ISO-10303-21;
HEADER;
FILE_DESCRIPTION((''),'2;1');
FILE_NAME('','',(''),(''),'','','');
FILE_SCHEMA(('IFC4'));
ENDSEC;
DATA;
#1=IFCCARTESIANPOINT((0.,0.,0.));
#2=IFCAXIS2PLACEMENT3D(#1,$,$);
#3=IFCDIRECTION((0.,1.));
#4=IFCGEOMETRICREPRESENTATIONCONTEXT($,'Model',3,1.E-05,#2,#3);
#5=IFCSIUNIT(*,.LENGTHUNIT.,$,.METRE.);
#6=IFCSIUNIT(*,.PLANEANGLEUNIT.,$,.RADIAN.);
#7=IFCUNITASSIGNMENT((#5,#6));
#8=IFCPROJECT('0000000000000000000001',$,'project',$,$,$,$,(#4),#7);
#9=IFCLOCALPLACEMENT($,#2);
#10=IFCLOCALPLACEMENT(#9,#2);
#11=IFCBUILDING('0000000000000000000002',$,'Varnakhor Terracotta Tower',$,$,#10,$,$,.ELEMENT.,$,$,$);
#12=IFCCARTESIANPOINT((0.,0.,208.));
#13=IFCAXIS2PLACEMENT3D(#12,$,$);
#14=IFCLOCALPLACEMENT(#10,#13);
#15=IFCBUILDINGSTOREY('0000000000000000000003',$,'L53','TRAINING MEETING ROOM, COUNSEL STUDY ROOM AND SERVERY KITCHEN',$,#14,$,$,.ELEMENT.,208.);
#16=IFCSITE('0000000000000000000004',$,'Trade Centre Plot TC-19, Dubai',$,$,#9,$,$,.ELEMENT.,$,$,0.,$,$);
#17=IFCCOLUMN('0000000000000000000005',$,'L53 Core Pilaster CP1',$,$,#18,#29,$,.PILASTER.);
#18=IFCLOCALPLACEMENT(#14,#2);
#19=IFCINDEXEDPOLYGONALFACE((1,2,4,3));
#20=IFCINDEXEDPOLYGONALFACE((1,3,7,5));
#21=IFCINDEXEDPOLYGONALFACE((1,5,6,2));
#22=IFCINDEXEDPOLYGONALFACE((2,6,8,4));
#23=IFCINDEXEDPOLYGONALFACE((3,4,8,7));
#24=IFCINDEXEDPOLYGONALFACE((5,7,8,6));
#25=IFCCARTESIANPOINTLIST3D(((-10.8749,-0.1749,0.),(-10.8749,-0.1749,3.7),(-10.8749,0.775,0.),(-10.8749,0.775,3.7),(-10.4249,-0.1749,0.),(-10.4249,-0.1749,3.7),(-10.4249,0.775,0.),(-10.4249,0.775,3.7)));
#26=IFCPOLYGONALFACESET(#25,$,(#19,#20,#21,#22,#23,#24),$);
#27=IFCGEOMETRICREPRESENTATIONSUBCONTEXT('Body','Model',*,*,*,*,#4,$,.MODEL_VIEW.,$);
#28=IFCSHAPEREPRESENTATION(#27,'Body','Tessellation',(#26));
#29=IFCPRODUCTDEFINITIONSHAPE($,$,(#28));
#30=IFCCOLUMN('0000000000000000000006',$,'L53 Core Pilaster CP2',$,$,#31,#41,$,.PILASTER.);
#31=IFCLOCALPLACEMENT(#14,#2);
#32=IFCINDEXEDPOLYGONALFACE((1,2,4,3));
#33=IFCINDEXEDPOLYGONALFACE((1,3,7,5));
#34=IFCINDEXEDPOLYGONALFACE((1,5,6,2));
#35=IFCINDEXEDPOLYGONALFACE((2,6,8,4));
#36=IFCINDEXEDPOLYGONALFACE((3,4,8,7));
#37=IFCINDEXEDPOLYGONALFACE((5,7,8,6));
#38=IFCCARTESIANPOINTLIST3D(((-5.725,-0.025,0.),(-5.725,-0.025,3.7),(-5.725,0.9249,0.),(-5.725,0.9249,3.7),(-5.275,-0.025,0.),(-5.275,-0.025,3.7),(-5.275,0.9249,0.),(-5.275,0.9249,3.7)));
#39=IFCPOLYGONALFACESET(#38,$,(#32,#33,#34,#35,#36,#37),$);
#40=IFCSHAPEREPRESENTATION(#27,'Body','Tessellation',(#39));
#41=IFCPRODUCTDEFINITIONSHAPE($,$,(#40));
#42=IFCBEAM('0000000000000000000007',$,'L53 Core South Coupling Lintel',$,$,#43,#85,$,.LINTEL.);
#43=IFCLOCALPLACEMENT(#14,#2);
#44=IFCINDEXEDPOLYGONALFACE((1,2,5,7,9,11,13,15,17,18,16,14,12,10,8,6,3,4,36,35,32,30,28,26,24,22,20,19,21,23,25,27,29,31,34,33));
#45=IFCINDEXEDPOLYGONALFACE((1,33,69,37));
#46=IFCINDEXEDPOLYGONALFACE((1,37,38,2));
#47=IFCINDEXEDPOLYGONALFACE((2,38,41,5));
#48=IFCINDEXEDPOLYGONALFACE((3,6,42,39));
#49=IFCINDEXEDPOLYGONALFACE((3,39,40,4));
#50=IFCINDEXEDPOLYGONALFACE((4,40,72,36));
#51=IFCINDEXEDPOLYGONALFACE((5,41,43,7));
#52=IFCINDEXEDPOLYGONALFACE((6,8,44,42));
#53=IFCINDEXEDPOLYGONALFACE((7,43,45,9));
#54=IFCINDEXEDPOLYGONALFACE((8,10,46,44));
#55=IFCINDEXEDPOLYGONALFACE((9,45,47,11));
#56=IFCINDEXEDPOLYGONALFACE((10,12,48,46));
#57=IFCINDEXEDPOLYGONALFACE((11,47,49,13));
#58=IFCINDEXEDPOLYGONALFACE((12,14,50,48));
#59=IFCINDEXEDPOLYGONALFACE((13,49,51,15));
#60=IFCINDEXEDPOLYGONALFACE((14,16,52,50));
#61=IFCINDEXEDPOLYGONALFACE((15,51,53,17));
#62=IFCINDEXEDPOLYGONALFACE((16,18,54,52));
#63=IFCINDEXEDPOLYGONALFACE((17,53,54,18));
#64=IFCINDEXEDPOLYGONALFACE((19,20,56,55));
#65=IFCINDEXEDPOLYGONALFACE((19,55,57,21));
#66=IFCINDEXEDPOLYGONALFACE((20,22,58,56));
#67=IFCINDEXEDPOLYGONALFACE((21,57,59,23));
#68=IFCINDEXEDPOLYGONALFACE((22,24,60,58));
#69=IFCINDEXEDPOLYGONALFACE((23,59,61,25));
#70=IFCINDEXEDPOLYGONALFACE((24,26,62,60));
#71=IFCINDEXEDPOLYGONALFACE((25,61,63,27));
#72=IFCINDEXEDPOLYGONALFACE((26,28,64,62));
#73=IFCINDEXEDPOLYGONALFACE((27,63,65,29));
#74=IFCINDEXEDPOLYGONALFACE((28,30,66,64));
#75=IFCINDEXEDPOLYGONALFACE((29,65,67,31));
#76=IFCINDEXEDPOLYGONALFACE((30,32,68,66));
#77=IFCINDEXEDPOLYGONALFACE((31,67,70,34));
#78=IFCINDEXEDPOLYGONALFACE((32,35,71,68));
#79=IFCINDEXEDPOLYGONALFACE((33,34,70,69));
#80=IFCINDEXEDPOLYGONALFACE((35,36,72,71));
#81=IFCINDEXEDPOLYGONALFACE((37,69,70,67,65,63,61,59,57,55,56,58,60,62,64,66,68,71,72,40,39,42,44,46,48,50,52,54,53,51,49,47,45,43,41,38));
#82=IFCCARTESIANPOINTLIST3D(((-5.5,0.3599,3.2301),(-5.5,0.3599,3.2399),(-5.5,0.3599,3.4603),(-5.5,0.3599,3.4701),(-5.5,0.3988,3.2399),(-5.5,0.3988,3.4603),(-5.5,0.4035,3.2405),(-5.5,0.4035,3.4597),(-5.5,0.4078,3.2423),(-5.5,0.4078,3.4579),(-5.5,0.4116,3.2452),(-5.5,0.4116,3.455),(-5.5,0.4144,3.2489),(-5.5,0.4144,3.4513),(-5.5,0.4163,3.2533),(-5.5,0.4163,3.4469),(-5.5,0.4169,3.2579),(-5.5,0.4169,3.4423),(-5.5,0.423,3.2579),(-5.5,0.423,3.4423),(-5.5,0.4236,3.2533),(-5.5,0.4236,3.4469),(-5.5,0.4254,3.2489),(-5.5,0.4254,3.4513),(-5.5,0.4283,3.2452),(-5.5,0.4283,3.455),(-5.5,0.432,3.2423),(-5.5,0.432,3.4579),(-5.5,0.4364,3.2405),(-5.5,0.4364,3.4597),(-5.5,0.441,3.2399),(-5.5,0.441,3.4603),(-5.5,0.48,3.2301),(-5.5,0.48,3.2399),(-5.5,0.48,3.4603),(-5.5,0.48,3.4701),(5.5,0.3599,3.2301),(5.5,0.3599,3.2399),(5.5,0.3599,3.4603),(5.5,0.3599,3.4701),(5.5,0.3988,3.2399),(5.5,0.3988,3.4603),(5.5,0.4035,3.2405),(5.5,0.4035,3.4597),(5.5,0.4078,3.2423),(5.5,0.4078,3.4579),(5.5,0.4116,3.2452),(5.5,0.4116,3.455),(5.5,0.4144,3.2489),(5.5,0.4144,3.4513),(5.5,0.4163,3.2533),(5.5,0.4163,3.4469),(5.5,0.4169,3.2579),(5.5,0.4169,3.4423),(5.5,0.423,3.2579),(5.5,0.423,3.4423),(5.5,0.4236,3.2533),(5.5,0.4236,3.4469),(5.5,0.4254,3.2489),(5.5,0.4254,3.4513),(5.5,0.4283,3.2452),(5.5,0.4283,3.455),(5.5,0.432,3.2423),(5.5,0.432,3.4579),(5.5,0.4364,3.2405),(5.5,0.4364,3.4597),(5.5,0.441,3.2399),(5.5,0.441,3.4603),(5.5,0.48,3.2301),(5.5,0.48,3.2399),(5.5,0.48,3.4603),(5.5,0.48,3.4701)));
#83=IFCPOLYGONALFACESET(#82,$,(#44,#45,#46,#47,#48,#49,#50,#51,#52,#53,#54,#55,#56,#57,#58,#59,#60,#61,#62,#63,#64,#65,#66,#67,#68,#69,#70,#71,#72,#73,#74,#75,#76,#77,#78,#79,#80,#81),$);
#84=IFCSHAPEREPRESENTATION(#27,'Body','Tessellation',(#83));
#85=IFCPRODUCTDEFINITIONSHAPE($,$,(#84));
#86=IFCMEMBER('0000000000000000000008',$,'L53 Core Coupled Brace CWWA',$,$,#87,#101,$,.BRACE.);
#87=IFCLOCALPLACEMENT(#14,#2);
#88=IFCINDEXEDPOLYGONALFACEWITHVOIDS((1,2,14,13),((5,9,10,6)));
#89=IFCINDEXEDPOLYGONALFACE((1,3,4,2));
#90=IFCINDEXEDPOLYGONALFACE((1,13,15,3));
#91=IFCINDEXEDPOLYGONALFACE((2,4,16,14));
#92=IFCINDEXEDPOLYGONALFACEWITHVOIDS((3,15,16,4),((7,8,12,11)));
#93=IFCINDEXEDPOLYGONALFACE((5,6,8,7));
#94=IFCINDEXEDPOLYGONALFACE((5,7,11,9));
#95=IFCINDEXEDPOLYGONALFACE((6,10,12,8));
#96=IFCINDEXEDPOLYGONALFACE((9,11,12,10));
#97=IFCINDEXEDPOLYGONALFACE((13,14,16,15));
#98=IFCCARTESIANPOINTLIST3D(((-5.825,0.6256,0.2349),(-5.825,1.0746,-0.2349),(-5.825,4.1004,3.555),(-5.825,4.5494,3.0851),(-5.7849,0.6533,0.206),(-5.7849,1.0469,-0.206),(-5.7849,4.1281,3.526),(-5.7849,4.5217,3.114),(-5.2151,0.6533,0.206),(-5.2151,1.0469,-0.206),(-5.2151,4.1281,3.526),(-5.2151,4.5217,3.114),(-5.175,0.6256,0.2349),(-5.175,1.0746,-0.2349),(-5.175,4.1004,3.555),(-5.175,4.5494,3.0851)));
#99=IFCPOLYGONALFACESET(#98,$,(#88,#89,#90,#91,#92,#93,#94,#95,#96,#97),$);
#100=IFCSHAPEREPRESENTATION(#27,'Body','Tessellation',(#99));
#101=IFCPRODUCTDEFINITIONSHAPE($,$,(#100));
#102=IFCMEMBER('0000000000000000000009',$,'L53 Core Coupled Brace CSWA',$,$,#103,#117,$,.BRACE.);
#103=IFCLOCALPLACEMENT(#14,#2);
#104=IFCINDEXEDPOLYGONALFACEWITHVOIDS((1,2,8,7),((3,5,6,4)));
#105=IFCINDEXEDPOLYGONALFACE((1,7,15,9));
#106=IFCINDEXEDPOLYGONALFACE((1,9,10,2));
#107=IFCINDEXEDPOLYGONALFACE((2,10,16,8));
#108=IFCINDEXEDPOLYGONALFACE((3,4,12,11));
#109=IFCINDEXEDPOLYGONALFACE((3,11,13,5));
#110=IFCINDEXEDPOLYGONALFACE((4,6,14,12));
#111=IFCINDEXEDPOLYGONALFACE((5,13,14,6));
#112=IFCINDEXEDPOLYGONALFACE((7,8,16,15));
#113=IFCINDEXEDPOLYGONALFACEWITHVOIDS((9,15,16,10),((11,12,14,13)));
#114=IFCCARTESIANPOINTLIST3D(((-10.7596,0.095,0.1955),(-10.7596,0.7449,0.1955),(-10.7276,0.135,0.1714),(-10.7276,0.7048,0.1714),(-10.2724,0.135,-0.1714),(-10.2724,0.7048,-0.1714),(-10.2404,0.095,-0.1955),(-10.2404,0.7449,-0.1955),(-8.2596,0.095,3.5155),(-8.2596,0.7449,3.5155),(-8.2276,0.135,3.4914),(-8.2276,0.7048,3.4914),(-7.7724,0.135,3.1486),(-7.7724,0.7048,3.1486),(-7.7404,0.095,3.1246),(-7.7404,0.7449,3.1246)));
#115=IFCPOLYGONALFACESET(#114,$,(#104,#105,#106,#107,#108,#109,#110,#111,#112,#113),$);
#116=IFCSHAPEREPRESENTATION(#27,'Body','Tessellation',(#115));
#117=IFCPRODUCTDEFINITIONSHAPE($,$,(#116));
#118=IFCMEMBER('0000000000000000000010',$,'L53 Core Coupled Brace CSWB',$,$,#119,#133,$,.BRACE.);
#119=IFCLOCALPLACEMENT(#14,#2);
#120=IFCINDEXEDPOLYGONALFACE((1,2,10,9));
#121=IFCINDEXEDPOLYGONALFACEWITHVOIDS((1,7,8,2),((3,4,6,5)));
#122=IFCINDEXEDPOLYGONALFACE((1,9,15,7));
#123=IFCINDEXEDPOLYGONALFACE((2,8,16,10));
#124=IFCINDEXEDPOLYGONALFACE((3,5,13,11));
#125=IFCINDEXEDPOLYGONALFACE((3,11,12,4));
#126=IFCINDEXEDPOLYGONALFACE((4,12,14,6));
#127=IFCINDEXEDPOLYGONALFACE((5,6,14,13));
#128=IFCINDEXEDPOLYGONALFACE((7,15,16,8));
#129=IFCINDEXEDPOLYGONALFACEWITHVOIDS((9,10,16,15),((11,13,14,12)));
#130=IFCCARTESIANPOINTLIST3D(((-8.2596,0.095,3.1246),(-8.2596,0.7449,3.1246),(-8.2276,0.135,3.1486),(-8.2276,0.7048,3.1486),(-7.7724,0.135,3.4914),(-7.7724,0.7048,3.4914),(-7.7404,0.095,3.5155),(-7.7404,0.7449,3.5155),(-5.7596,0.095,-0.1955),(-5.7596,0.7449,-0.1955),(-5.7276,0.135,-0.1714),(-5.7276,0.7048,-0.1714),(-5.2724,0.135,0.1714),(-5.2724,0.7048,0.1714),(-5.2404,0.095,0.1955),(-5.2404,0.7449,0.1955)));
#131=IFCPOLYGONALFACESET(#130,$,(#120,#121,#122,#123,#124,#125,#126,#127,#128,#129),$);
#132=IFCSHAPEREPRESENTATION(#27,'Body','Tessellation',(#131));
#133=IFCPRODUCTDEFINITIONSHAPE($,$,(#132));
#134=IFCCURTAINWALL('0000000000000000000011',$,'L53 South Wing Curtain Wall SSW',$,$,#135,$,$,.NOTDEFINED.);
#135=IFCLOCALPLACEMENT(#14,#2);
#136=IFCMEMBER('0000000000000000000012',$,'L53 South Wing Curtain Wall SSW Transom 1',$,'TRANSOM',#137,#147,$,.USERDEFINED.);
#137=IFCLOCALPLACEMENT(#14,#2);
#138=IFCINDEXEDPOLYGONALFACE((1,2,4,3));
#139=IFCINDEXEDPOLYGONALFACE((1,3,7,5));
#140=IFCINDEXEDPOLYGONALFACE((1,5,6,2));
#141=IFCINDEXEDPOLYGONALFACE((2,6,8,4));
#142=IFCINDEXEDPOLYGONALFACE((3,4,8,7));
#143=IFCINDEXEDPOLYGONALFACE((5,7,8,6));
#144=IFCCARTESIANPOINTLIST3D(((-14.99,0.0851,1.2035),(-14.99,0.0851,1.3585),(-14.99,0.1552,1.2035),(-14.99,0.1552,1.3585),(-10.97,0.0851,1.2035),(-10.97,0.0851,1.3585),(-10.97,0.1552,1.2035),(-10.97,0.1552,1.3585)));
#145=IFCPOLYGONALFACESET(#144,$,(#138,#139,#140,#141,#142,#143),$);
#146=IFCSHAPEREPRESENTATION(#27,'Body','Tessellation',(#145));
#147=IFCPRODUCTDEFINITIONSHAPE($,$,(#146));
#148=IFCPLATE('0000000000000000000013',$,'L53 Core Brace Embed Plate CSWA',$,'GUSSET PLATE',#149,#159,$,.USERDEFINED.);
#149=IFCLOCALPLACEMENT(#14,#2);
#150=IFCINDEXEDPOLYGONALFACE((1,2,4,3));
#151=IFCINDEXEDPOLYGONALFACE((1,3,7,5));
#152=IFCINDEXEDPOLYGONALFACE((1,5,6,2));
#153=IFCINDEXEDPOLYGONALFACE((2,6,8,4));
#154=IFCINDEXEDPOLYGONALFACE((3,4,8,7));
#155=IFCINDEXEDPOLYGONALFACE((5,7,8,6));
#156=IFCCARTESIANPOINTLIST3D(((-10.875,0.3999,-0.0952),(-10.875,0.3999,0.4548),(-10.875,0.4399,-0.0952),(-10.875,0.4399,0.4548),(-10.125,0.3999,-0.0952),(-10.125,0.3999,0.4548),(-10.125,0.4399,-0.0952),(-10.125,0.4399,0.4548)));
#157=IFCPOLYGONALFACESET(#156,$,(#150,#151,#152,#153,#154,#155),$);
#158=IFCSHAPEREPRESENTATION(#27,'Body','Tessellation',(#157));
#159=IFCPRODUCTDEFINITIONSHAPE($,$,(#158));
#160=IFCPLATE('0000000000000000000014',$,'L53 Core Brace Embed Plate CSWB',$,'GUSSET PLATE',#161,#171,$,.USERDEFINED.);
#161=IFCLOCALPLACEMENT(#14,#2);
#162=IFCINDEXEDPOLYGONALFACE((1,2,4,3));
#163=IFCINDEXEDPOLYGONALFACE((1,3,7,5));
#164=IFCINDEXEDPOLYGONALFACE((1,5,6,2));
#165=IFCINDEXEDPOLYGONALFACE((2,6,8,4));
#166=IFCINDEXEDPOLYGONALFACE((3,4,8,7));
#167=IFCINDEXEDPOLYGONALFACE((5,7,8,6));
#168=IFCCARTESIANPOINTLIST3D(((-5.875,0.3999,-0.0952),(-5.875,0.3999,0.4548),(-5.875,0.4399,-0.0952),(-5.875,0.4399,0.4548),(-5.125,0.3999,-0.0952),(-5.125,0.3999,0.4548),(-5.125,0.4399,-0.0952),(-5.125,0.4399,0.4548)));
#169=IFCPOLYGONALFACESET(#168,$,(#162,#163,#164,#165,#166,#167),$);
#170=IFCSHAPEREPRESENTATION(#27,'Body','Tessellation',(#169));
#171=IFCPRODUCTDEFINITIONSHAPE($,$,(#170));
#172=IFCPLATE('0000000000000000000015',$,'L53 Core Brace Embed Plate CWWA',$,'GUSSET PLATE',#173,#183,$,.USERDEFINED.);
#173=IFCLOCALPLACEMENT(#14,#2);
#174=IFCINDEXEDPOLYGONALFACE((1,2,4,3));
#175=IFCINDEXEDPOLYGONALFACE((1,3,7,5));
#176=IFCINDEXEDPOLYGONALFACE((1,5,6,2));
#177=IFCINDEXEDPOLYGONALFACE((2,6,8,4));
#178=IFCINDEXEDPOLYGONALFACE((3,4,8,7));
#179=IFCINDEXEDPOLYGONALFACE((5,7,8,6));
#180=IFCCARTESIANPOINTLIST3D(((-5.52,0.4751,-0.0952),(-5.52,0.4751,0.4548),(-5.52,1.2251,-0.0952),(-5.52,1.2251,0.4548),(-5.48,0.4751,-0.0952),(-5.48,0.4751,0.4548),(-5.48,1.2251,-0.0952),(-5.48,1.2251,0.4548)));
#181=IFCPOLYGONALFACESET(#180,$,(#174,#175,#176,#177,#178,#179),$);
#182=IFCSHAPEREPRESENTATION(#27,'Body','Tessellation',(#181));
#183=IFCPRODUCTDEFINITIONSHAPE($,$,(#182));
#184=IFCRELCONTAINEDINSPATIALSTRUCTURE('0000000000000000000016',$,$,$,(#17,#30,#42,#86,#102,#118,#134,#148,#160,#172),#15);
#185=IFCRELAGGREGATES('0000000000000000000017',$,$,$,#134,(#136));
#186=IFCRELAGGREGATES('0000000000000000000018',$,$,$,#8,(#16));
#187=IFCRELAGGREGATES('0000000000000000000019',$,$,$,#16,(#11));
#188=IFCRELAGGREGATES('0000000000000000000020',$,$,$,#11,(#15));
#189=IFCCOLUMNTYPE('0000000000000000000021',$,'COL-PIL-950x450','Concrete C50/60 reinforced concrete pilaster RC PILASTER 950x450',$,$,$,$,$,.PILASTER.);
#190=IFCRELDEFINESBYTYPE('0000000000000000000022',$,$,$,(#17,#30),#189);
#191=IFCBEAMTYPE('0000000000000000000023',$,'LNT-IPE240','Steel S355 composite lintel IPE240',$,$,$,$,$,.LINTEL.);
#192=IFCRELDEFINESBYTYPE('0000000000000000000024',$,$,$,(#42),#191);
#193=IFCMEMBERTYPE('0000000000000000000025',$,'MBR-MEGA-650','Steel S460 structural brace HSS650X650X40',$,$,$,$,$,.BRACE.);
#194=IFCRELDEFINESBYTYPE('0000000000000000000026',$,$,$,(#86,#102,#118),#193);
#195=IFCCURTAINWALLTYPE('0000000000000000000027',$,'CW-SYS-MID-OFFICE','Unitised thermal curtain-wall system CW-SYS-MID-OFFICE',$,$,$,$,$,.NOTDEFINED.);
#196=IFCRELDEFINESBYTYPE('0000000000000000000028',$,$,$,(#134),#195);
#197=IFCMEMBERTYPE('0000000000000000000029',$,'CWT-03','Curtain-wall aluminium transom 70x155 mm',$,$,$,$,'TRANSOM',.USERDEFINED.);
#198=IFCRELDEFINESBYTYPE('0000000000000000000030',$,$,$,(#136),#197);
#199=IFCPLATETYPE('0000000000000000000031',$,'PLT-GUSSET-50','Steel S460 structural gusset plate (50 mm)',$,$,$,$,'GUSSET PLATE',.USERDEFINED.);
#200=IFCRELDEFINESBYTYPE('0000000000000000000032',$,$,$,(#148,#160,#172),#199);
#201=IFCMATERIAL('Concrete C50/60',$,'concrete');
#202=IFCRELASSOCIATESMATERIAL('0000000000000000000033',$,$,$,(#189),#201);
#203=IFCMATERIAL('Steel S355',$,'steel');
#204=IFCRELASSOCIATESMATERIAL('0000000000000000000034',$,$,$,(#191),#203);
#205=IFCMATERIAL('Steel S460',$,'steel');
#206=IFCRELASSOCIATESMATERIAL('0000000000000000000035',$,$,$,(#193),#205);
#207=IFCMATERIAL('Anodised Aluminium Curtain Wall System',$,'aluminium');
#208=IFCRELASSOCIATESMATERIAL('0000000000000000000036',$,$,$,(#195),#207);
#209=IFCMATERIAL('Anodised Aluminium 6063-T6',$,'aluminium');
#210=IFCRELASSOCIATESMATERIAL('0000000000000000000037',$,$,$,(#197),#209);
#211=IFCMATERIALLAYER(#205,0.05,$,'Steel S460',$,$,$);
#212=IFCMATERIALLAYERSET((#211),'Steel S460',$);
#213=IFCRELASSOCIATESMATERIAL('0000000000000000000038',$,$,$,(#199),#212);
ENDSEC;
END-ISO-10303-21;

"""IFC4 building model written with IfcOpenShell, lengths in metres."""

from ifc_helpers import new_model, si_unit, direction, frame, origin, origin_2d, place, context, subcontext, project, spatial, rectangle, hollow_rectangle, i_section, extrude, source, transform, mapped, material, layer, layer_set, material_profile, profile_set, type_object, type_shapes, element, aggregate, save


model = new_model("IFC4")

# Units and contexts
model_context = context("Model", 3, precision=1e-05, world=origin(), true_north=direction((0.0, 1.0)))
body_context = subcontext(model_context, "Body", "Model", "MODEL_VIEW")
ifc_project = project(units=[si_unit("LENGTHUNIT", "METRE"), si_unit("PLANEANGLEUNIT", "RADIAN")], contexts=[model_context])

# Site, building, storey
site_placement = place(None, origin())
site = spatial("IfcSite", under=ifc_project, at=site_placement, Name="Trade Centre Plot TC-19, Dubai", CompositionType="ELEMENT", RefElevation=0.0)
building_placement = place(site_placement, origin())
building = spatial("IfcBuilding", under=site, at=building_placement, Name="Varnakhor Terracotta Tower", CompositionType="ELEMENT")
storey_placement = place(building_placement, frame((0.0, 0.0, 208.0)))
storey = spatial("IfcBuildingStorey", under=building, at=storey_placement, Name="L53", Description="TRAINING MEETING ROOM, COUNSEL STUDY ROOM AND SERVERY KITCHEN", CompositionType="ELEMENT", Elevation=208.0)

# Columns
ifc_material_1 = material(Name="Concrete C50/60", Category="concrete")
ifc_material_profile_1 = material_profile(ifc_material_1, rectangle(XDim=0.45, YDim=0.95, at=origin_2d()), Name="RC PILASTER 950x450")
ifc_profile_set_1 = profile_set([ifc_material_profile_1], Name="Concrete C50/60")
column_type = type_object("IfcColumnType", Name="COL-PIL-950x450", Description="Concrete C50/60 reinforced concrete pilaster RC PILASTER 950x450", PredefinedType="PILASTER", material=ifc_profile_set_1)
shared_shape_1 = source(origin(), body_context, "Body", "SweptSolid", [
    extrude(rectangle(XDim=0.45, YDim=0.95, at=origin_2d()), origin(), (0.0, 0.0, 1.0), 3.7),
])
for number, where, z_axis, x_axis, name in (
    (1, (-10.6499, 0.3, 0.0), (0.0, 0.0, 1.0), (1.0, 0.0, 0.0), "L53 Core Pilaster CP1"),
    (2, (-5.5, 0.45, 0.0), (0.0, 0.0, 1.0), (1.0, 0.0, 0.0), "L53 Core Pilaster CP2"),
):
    element("IfcColumn", number, at=place(storey_placement, frame(where, z_axis=z_axis, x_axis=x_axis)), inside=storey, type_object=column_type, Name=name, PredefinedType="PILASTER", context=body_context, shape_type="MappedRepresentation", body=[
        mapped(shared_shape_1, transform((0.0, 0.0, 0.0), scale=1.0)),
    ])

# Beam
ifc_material_2 = material(Name="Steel S355", Category="steel")
ifc_material_profile_2 = material_profile(ifc_material_2, i_section(OverallWidth=0.1201, OverallDepth=0.24, WebThickness=0.0061, FlangeThickness=0.0098, FilletRadius=0.0181, at=origin_2d()), Name="IPE240")
ifc_profile_set_2 = profile_set([ifc_material_profile_2], Name="Steel S355")
beam_type = type_object("IfcBeamType", Name="LNT-IPE240", Description="Steel S355 composite lintel IPE240", PredefinedType="LINTEL", material=ifc_profile_set_2)
shared_shape_2 = source(origin(), body_context, "Body", "SweptSolid", [
    extrude(i_section(OverallWidth=0.1201, OverallDepth=0.24, WebThickness=0.0061, FlangeThickness=0.0098, FilletRadius=0.0181, at=origin_2d()), origin(), (0.0, 0.0, 1.0), 11.0),
])
type_shapes(beam_type, [shared_shape_2])
beam_placement = place(storey_placement, frame((-5.5, 0.4199, 3.3501), z_axis=(1.0, 0.0, 0.0), x_axis=(0.0, 1.0, 0.0)))
element("IfcBeam", 3, at=beam_placement, inside=storey, type_object=beam_type, Name="L53 Core South Coupling Lintel", PredefinedType="LINTEL", context=body_context, shape_type="MappedRepresentation", body=[
    mapped(shared_shape_2, transform((0.0, 0.0, 0.0), scale=1.0)),
])

# Members
ifc_material_3 = material(Name="Steel S460", Category="steel")
ifc_material_profile_3 = material_profile(ifc_material_3, hollow_rectangle(XDim=0.6499, YDim=0.6499, WallThickness=0.04, at=origin_2d()), Name="HSS650X650X40")
ifc_profile_set_3 = profile_set([ifc_material_profile_3], Name="Steel S460")
member_type_1 = type_object("IfcMemberType", Name="MBR-MEGA-650", Description="Steel S460 structural brace HSS650X650X40", PredefinedType="BRACE", material=ifc_profile_set_3)
shared_shape_3 = source(origin(), body_context, "Body", "SweptSolid", [
    extrude(hollow_rectangle(XDim=0.6499, YDim=0.6499, WallThickness=0.04, at=origin_2d()), origin(), (0.0, 0.0, 1.0), 4.8059),
])
member_1_placement = place(storey_placement, frame((-5.5, 0.8501, 0.0), z_axis=(0.0, 0.723027, 0.69082), x_axis=(-1.0, 0.0, 0.0)))
element("IfcMember", 4, at=member_1_placement, inside=storey, type_object=member_type_1, Name="L53 Core Coupled Brace CWWA", PredefinedType="BRACE", context=body_context, shape_type="MappedRepresentation", body=[
    mapped(shared_shape_3, transform((0.0, 0.0, 0.0), scale=1.0)),
])
shared_shape_4 = source(origin(), body_context, "Body", "SweptSolid", [
    extrude(hollow_rectangle(XDim=0.6499, YDim=0.6499, WallThickness=0.04, at=origin_2d()), origin(), (0.0, 0.0, 1.0), 4.156),
])
for number, where, z_axis, x_axis, name in (
    (5, (-10.5, 0.4199, 0.0), (0.601531, 0.0, 0.79885), (0.0, 1.0, 0.0), "L53 Core Coupled Brace CSWA"),
    (6, (-5.5, 0.4199, 0.0), (-0.601531, 0.0, 0.79885), (0.0, -1.0, 0.0), "L53 Core Coupled Brace CSWB"),
):
    element("IfcMember", number, at=place(storey_placement, frame(where, z_axis=z_axis, x_axis=x_axis)), inside=storey, type_object=member_type_1, Name=name, PredefinedType="BRACE", context=body_context, shape_type="MappedRepresentation", body=[
        mapped(shared_shape_4, transform((0.0, 0.0, 0.0), scale=1.0)),
    ])

# Curtain wall, member
ifc_material_4 = material(Name="Anodised Aluminium Curtain Wall System", Category="aluminium")
curtain_wall_type = type_object("IfcCurtainWallType", Name="CW-SYS-MID-OFFICE", Description="Unitised thermal curtain-wall system CW-SYS-MID-OFFICE", PredefinedType="NOTDEFINED", material=ifc_material_4)
curtain_wall_placement = place(storey_placement, origin())
curtain_wall = element("IfcCurtainWall", 7, at=curtain_wall_placement, inside=storey, type_object=curtain_wall_type, Name="L53 South Wing Curtain Wall SSW", PredefinedType="NOTDEFINED")
ifc_material_5 = material(Name="Anodised Aluminium 6063-T6", Category="aluminium")
ifc_material_profile_4 = material_profile(ifc_material_5, rectangle(XDim=0.0701, YDim=0.155, at=origin_2d()), Name="ALU TRANSOM 70x155")
ifc_profile_set_4 = profile_set([ifc_material_profile_4], Name="Anodised Aluminium 6063-T6")
member_type_2 = type_object("IfcMemberType", Name="CWT-03", Description="Curtain-wall aluminium transom 70x155 mm", ElementType="TRANSOM", PredefinedType="USERDEFINED", material=ifc_profile_set_4)
shared_shape_5 = source(origin(), body_context, "Body", "SweptSolid", [
    extrude(rectangle(XDim=0.0701, YDim=0.155, at=origin_2d()), origin(), (0.0, 0.0, 1.0), 4.02),
])
member_2_placement = place(storey_placement, frame((-10.97, 0.1201, 1.281), z_axis=(-1.0, 0.0, 0.0), x_axis=(0.0, -1.0, 0.0)))
member_2 = element("IfcMember", 8, at=member_2_placement, type_object=member_type_2, Name="L53 South Wing Curtain Wall SSW Transom 1", ObjectType="TRANSOM", PredefinedType="USERDEFINED", context=body_context, shape_type="MappedRepresentation", body=[
    mapped(shared_shape_5, transform((0.0, 0.0, 0.0), scale=1.0)),
])
aggregate(curtain_wall, [member_2])

# Plates
ifc_layer_1 = layer(ifc_material_3, 0.05, Name="Steel S460")
ifc_layer_set_1 = layer_set([ifc_layer_1], Name="Steel S460")
plate_type = type_object("IfcPlateType", Name="PLT-GUSSET-50", Description="Steel S460 structural gusset plate (50 mm)", ElementType="GUSSET PLATE", PredefinedType="USERDEFINED", material=ifc_layer_set_1)
shared_shape_6 = source(origin(), body_context, "Body", "SweptSolid", [
    extrude(rectangle(XDim=0.75, YDim=0.04, at=origin_2d()), origin(), (0.0, 0.0, 1.0), 0.55),
])
type_shapes(plate_type, [shared_shape_6])
for number, where, z_axis, x_axis, name in (
    (9, (-10.5, 0.4199, -0.0952), (0.0, 0.0, 1.0), (1.0, 0.0, 0.0), "L53 Core Brace Embed Plate CSWA"),
    (10, (-5.5, 0.4199, -0.0952), (0.0, 0.0, 1.0), (1.0, 0.0, 0.0), "L53 Core Brace Embed Plate CSWB"),
    (11, (-5.5, 0.8501, -0.0952), (0.0, 0.0, 1.0), (0.0, 1.0, 0.0), "L53 Core Brace Embed Plate CWWA"),
):
    element("IfcPlate", number, at=place(storey_placement, frame(where, z_axis=z_axis, x_axis=x_axis)), inside=storey, type_object=plate_type, Name=name, ObjectType="GUSSET PLATE", PredefinedType="USERDEFINED", context=body_context, shape_type="MappedRepresentation", body=[
        mapped(shared_shape_6, transform((0.0, 0.0, 0.0), scale=1.0)),
    ])

save(model, "model.ifc")
